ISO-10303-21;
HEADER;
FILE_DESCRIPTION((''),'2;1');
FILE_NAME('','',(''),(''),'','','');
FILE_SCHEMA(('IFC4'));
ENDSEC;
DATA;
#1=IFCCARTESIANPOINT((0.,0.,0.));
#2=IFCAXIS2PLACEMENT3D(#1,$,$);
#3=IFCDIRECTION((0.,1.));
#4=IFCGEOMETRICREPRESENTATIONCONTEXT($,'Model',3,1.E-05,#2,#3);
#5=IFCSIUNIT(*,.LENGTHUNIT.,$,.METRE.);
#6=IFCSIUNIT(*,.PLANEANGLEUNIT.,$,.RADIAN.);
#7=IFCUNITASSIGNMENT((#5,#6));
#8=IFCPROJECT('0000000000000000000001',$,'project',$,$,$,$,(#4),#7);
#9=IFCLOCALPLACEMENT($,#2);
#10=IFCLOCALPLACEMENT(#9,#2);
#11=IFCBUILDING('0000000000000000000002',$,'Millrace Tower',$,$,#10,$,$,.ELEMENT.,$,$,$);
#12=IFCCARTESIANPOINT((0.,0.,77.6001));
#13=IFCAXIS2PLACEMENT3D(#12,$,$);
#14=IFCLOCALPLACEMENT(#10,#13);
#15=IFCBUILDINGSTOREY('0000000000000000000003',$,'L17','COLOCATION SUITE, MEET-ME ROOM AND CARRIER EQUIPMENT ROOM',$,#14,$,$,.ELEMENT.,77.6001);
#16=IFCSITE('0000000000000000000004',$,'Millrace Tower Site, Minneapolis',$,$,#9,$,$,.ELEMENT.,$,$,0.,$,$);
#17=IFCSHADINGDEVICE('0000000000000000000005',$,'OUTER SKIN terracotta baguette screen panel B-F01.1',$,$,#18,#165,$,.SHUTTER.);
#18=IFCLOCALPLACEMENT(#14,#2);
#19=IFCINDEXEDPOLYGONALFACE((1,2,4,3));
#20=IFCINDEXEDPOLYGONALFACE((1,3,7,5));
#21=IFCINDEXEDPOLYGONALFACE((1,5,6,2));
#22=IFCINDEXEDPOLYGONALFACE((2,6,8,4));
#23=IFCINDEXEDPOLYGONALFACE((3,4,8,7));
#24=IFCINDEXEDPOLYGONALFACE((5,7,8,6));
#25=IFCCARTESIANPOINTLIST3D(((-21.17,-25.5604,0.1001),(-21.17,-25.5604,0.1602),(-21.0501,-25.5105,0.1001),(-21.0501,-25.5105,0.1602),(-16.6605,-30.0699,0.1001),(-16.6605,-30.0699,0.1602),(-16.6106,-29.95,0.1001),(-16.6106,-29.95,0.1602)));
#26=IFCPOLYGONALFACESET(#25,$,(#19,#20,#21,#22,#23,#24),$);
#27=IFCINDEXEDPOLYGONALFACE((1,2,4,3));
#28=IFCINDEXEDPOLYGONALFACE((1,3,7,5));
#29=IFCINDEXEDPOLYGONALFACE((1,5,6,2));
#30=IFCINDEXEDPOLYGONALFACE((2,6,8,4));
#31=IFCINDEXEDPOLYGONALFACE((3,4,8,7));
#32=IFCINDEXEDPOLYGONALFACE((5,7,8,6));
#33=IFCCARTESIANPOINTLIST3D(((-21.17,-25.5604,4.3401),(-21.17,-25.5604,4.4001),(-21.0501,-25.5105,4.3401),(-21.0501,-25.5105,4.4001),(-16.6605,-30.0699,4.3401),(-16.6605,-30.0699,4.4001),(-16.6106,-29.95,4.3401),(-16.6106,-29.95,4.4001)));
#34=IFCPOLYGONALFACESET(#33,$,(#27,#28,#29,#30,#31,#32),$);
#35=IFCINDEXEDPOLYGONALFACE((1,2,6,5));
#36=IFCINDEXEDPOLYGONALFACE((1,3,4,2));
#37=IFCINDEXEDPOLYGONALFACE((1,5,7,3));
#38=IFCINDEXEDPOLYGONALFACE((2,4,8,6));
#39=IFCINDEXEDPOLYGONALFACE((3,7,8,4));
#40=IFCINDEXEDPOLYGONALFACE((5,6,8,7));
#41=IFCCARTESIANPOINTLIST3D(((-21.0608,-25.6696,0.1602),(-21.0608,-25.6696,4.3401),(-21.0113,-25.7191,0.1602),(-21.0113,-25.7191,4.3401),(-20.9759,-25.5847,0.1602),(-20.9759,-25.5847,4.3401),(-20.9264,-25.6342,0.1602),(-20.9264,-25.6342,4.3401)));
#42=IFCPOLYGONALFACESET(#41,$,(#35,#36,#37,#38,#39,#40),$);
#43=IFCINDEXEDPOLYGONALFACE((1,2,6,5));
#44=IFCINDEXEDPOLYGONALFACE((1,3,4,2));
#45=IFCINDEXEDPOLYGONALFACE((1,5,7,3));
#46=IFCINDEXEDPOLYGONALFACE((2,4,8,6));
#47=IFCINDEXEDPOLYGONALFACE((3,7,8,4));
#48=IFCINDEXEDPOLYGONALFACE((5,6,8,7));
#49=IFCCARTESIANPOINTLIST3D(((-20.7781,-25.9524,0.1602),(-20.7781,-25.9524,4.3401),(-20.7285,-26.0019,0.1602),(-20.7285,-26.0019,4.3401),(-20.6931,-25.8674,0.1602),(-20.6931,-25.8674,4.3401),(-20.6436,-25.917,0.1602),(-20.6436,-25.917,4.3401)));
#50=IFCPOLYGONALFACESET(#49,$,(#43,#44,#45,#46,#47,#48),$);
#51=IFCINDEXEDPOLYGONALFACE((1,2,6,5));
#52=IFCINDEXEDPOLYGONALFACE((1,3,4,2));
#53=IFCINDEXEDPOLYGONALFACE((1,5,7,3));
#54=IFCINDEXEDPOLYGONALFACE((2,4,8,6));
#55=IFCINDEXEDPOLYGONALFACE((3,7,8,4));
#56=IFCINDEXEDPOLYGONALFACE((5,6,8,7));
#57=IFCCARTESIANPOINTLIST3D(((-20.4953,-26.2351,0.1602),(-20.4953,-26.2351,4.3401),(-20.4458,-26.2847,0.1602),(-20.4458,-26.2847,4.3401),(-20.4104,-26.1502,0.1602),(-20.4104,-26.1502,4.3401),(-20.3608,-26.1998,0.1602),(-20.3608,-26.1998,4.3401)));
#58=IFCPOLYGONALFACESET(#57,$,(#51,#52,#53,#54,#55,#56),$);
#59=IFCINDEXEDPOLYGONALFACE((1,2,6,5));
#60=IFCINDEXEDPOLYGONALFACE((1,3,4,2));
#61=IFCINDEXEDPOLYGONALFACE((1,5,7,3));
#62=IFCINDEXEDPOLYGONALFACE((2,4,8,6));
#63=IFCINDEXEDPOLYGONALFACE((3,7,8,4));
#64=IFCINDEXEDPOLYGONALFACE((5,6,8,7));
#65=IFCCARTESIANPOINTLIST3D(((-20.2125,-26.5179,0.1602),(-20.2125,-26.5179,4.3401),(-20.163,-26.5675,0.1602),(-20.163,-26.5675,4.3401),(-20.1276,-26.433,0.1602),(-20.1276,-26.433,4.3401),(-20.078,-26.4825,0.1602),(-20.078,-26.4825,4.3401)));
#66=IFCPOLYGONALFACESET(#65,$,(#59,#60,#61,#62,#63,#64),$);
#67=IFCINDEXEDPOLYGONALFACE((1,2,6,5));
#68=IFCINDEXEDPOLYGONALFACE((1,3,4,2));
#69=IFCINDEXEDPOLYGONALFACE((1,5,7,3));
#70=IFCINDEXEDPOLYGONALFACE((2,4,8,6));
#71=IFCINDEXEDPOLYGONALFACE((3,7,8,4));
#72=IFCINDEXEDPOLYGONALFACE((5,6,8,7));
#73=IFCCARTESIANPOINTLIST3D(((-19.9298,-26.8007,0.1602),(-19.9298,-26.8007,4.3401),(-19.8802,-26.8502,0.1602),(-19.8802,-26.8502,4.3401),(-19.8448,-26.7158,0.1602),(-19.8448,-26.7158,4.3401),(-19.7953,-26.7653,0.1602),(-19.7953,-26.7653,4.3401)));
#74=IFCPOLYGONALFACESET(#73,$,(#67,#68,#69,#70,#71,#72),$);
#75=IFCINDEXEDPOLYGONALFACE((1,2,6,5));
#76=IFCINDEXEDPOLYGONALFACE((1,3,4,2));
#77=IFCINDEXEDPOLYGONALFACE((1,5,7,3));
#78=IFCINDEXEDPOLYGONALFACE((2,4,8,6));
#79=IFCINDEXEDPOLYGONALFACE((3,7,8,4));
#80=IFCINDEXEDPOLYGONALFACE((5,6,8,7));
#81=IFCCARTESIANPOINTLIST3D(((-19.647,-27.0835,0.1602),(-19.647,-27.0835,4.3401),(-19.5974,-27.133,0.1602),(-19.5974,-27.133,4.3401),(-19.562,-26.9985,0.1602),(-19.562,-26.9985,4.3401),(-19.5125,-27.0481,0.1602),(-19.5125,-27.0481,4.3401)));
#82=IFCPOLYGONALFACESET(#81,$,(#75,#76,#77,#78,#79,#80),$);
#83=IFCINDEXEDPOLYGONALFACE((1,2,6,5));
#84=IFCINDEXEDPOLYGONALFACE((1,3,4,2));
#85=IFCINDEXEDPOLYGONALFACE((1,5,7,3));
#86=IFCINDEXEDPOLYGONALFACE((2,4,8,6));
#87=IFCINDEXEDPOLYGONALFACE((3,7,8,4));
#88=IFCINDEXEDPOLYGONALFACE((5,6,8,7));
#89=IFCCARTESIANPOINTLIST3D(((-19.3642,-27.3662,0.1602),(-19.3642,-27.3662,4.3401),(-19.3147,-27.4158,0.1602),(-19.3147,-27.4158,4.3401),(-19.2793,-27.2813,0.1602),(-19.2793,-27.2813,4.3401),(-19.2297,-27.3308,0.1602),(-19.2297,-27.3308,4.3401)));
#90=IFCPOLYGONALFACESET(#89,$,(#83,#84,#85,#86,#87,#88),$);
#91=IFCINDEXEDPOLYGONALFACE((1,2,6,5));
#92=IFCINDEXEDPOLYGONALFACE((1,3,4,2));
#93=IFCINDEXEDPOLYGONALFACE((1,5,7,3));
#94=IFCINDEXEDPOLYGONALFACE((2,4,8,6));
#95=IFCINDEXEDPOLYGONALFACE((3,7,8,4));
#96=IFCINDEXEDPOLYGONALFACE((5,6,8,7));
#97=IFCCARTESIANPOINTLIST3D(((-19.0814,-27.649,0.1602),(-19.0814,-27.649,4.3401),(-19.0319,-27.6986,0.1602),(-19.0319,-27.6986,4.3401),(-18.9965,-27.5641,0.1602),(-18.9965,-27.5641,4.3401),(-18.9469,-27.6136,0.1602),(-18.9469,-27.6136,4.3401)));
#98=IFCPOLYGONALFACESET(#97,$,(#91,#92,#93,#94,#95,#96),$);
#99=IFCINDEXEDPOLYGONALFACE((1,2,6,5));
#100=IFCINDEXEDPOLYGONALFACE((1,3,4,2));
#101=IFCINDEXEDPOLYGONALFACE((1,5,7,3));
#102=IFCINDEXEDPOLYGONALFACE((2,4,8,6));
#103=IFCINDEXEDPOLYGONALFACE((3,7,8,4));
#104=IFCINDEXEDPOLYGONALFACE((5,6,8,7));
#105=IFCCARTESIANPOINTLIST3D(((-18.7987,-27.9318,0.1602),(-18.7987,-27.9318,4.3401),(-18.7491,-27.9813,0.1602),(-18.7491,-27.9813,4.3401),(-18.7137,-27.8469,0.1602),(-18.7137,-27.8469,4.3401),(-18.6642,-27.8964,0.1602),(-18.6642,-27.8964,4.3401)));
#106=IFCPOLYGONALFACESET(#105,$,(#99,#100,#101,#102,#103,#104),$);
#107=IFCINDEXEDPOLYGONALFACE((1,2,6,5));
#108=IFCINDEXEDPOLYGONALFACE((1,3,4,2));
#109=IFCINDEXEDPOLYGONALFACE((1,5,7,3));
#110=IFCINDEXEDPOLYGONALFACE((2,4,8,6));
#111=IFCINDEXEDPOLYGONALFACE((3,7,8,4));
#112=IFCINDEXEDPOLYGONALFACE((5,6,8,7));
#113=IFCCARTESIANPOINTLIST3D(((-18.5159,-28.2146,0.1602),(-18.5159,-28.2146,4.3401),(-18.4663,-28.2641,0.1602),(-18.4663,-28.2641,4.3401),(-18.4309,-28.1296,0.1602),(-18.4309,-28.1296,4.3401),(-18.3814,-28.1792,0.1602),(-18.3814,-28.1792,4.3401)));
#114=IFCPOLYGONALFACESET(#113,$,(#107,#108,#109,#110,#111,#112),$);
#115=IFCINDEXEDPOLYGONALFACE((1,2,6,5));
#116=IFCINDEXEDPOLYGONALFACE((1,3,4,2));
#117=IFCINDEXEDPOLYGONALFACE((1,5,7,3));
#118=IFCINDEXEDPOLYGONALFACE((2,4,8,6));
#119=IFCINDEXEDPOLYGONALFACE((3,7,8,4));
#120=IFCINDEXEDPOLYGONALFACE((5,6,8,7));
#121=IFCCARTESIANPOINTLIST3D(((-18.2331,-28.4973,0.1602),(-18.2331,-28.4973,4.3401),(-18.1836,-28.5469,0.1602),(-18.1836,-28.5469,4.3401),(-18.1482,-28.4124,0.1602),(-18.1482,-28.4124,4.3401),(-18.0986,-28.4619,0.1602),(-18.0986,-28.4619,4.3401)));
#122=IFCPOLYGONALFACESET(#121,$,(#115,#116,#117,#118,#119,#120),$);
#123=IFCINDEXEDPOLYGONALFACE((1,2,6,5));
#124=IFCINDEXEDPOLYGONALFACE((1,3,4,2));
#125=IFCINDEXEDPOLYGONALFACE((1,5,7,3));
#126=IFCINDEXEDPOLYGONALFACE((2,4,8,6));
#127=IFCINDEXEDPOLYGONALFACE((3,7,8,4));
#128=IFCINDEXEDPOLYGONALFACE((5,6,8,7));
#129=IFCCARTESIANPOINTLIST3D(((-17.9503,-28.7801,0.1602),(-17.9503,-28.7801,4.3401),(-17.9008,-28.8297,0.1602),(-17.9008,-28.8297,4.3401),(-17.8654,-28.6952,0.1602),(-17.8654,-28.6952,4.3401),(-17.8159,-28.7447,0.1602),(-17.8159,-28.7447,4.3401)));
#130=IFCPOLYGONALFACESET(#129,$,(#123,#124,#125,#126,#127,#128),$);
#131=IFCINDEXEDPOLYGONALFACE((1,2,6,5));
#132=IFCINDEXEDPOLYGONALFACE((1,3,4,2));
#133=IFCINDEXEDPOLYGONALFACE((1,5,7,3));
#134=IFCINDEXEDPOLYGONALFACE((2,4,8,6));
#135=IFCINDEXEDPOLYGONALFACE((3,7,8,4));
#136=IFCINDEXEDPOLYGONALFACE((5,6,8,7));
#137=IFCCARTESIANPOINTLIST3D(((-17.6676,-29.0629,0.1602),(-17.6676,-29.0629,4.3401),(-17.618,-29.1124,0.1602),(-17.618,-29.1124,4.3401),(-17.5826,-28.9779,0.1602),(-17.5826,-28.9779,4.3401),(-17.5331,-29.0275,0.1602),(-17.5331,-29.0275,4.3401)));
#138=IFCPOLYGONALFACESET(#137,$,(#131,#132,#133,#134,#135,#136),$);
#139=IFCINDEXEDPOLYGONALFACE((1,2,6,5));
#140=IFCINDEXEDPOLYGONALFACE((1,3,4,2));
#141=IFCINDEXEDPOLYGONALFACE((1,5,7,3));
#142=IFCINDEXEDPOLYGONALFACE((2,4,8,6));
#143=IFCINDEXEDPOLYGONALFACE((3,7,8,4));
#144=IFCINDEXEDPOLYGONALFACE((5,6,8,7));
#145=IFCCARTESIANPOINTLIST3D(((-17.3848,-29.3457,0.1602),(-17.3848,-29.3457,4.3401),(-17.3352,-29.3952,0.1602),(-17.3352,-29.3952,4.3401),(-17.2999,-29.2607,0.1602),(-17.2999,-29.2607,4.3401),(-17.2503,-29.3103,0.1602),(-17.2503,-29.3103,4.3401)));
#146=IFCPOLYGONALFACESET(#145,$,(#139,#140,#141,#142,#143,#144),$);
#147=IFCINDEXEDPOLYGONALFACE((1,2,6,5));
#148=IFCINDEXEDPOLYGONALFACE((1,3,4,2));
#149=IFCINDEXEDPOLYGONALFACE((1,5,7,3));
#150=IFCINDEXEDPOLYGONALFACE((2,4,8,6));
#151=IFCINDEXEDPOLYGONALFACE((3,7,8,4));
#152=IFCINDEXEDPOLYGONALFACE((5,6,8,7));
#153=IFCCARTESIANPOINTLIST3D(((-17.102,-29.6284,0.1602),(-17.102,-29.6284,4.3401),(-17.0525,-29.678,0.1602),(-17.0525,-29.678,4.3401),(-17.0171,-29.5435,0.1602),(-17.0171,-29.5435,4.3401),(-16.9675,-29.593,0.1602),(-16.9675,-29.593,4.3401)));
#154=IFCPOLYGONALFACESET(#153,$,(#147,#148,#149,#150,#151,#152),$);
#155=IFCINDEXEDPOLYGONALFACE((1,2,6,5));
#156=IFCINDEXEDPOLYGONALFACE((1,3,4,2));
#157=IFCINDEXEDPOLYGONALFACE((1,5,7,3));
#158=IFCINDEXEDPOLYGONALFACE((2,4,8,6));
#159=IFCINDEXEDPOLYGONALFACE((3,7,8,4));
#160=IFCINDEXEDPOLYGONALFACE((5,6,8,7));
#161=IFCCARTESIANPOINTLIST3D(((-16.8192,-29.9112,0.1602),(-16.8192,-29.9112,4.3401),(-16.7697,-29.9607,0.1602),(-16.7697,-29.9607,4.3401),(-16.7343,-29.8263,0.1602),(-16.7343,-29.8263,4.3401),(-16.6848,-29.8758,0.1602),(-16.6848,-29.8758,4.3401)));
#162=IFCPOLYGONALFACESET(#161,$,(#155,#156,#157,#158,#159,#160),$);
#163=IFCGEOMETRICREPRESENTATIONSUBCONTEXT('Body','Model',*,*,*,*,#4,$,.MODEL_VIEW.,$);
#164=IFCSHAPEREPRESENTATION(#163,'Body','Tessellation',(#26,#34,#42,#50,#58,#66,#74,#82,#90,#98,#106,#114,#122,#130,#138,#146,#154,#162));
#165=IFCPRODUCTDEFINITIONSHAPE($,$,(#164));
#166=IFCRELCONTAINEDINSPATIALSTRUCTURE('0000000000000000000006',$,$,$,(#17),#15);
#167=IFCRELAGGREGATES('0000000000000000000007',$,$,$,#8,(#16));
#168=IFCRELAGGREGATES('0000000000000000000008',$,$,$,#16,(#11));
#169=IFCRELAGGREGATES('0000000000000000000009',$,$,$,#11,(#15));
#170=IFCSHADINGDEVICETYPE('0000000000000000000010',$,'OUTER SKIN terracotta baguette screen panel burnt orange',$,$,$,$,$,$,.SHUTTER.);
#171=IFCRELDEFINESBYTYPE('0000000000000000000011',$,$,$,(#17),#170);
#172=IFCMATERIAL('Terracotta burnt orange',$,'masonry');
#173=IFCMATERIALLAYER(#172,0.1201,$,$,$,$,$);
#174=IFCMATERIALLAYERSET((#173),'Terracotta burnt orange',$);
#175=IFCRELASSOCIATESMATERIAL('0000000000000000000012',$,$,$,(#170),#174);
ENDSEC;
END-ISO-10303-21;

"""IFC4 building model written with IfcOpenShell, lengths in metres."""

from ifc_helpers import new_model, entity, si_unit, direction, frame, frame_2d, origin, place, context, subcontext, project, spatial, rectangle, extrude, source, transform, mapped, material, layer, layer_set, type_object, element, save


model = new_model("IFC4")

# Units and contexts
model_context = context("Model", 3, precision=1e-05, world=origin(), true_north=direction((0.0, 1.0)))
body_context = subcontext(model_context, "Body", "Model", "MODEL_VIEW")
ifc_project = project(units=[si_unit("LENGTHUNIT", "METRE"), si_unit("PLANEANGLEUNIT", "RADIAN")], contexts=[model_context])

# Site, building, storey
site_placement = place(None, origin())
site = spatial("IfcSite", under=ifc_project, at=site_placement, Name="Millrace Tower Site, Minneapolis", CompositionType="ELEMENT", RefElevation=0.0)
building_placement = place(site_placement, origin())
building = spatial("IfcBuilding", under=site, at=building_placement, Name="Millrace Tower", CompositionType="ELEMENT")
storey_placement = place(building_placement, frame((0.0, 0.0, 77.6001)))
storey = spatial("IfcBuildingStorey", under=building, at=storey_placement, Name="L17", Description="COLOCATION SUITE, MEET-ME ROOM AND CARRIER EQUIPMENT ROOM", CompositionType="ELEMENT", Elevation=77.6001)

# Shading device
ifc_material_1 = material(Name="Terracotta burnt orange", Category="masonry")
ifc_layer_1 = layer(ifc_material_1, 0.1201)
ifc_layer_set_1 = layer_set([ifc_layer_1], Name="Terracotta burnt orange")
shading_device_type = type_object("IfcShadingDeviceType", Name="OUTER SKIN terracotta baguette screen panel burnt orange", PredefinedType="SHUTTER", material=ifc_layer_set_1)
cartesian_point_1 = entity("IfcCartesianPoint", [-3.1392, 0.0601])
shared_polyline_1 = entity("IfcPolyline", [cartesian_point_1, entity("IfcCartesianPoint", [3.1392, 0.0601]), entity("IfcCartesianPoint", [3.1887, -0.0601]), entity("IfcCartesianPoint", [-3.1887, -0.0601]), cartesian_point_1])
shared_shape_1 = source(origin(), body_context, "Body", "SweptSolid", [
    entity("IfcExtrudedAreaSolid", entity("IfcArbitraryClosedProfileDef", "AREA", None, shared_polyline_1), entity("IfcAxis2Placement3D", entity("IfcCartesianPoint", [0.0, 0.0, 0.0])), entity("IfcDirection", [0.0, 0.0, 1.0]), 0.0601),
    entity("IfcExtrudedAreaSolid", entity("IfcArbitraryClosedProfileDef", "AREA", None, shared_polyline_1), entity("IfcAxis2Placement3D", entity("IfcCartesianPoint", [0.0, 0.0, 4.24])), entity("IfcDirection", [0.0, 0.0, 1.0]), 0.0601),
    extrude(rectangle(XDim=0.0701, YDim=0.1201, at=frame_2d((-2.9993, 0.0))), frame((0.0, 0.0, 0.0601)), (0.0, 0.0, 1.0), 4.1799),
    extrude(rectangle(XDim=0.0701, YDim=0.1201, at=frame_2d((-2.5994, 0.0))), frame((0.0, 0.0, 0.0601)), (0.0, 0.0, 1.0), 4.1799),
    extrude(rectangle(XDim=0.0701, YDim=0.1201, at=frame_2d((-2.1995, 0.0))), frame((0.0, 0.0, 0.0601)), (0.0, 0.0, 1.0), 4.1799),
    extrude(rectangle(XDim=0.0701, YDim=0.1201, at=frame_2d((-1.7996, 0.0))), frame((0.0, 0.0, 0.0601)), (0.0, 0.0, 1.0), 4.1799),
    extrude(rectangle(XDim=0.0701, YDim=0.1201, at=frame_2d((-1.3997, 0.0))), frame((0.0, 0.0, 0.0601)), (0.0, 0.0, 1.0), 4.1799),
    extrude(rectangle(XDim=0.0701, YDim=0.1201, at=frame_2d((-0.9998, 0.0))), frame((0.0, 0.0, 0.0601)), (0.0, 0.0, 1.0), 4.1799),
    extrude(rectangle(XDim=0.0701, YDim=0.1201, at=frame_2d((-0.5999, 0.0))), frame((0.0, 0.0, 0.0601)), (0.0, 0.0, 1.0), 4.1799),
    extrude(rectangle(XDim=0.0701, YDim=0.1201, at=frame_2d((-0.2, 0.0))), frame((0.0, 0.0, 0.0601)), (0.0, 0.0, 1.0), 4.1799),
    extrude(rectangle(XDim=0.0701, YDim=0.1201, at=frame_2d((0.2, 0.0))), frame((0.0, 0.0, 0.0601)), (0.0, 0.0, 1.0), 4.1799),
    extrude(rectangle(XDim=0.0701, YDim=0.1201, at=frame_2d((0.5999, 0.0))), frame((0.0, 0.0, 0.0601)), (0.0, 0.0, 1.0), 4.1799),
    extrude(rectangle(XDim=0.0701, YDim=0.1201, at=frame_2d((0.9998, 0.0))), frame((0.0, 0.0, 0.0601)), (0.0, 0.0, 1.0), 4.1799),
    extrude(rectangle(XDim=0.0701, YDim=0.1201, at=frame_2d((1.3997, 0.0))), frame((0.0, 0.0, 0.0601)), (0.0, 0.0, 1.0), 4.1799),
    extrude(rectangle(XDim=0.0701, YDim=0.1201, at=frame_2d((1.7996, 0.0))), frame((0.0, 0.0, 0.0601)), (0.0, 0.0, 1.0), 4.1799),
    extrude(rectangle(XDim=0.0701, YDim=0.1201, at=frame_2d((2.1995, 0.0))), frame((0.0, 0.0, 0.0601)), (0.0, 0.0, 1.0), 4.1799),
    extrude(rectangle(XDim=0.0701, YDim=0.1201, at=frame_2d((2.5994, 0.0))), frame((0.0, 0.0, 0.0601)), (0.0, 0.0, 1.0), 4.1799),
    extrude(rectangle(XDim=0.0701, YDim=0.1201, at=frame_2d((2.9993, 0.0))), frame((0.0, 0.0, 0.0601)), (0.0, 0.0, 1.0), 4.1799),
])
shading_device_1_placement = place(storey_placement, frame((-18.8728, -27.7727, 0.1001), z_axis=(0.0, 0.0, 1.0), x_axis=(0.707107, -0.707107, 0.0)))
element("IfcShadingDevice", 1, at=shading_device_1_placement, inside=storey, type_object=shading_device_type, Name="OUTER SKIN terracotta baguette screen panel B-F01.1", PredefinedType="SHUTTER", context=body_context, shape_type="MappedRepresentation", body=[
    mapped(shared_shape_1, transform((0.0, 0.0, 0.0), scale=1.0)),
])

save(model, "model.ifc")
